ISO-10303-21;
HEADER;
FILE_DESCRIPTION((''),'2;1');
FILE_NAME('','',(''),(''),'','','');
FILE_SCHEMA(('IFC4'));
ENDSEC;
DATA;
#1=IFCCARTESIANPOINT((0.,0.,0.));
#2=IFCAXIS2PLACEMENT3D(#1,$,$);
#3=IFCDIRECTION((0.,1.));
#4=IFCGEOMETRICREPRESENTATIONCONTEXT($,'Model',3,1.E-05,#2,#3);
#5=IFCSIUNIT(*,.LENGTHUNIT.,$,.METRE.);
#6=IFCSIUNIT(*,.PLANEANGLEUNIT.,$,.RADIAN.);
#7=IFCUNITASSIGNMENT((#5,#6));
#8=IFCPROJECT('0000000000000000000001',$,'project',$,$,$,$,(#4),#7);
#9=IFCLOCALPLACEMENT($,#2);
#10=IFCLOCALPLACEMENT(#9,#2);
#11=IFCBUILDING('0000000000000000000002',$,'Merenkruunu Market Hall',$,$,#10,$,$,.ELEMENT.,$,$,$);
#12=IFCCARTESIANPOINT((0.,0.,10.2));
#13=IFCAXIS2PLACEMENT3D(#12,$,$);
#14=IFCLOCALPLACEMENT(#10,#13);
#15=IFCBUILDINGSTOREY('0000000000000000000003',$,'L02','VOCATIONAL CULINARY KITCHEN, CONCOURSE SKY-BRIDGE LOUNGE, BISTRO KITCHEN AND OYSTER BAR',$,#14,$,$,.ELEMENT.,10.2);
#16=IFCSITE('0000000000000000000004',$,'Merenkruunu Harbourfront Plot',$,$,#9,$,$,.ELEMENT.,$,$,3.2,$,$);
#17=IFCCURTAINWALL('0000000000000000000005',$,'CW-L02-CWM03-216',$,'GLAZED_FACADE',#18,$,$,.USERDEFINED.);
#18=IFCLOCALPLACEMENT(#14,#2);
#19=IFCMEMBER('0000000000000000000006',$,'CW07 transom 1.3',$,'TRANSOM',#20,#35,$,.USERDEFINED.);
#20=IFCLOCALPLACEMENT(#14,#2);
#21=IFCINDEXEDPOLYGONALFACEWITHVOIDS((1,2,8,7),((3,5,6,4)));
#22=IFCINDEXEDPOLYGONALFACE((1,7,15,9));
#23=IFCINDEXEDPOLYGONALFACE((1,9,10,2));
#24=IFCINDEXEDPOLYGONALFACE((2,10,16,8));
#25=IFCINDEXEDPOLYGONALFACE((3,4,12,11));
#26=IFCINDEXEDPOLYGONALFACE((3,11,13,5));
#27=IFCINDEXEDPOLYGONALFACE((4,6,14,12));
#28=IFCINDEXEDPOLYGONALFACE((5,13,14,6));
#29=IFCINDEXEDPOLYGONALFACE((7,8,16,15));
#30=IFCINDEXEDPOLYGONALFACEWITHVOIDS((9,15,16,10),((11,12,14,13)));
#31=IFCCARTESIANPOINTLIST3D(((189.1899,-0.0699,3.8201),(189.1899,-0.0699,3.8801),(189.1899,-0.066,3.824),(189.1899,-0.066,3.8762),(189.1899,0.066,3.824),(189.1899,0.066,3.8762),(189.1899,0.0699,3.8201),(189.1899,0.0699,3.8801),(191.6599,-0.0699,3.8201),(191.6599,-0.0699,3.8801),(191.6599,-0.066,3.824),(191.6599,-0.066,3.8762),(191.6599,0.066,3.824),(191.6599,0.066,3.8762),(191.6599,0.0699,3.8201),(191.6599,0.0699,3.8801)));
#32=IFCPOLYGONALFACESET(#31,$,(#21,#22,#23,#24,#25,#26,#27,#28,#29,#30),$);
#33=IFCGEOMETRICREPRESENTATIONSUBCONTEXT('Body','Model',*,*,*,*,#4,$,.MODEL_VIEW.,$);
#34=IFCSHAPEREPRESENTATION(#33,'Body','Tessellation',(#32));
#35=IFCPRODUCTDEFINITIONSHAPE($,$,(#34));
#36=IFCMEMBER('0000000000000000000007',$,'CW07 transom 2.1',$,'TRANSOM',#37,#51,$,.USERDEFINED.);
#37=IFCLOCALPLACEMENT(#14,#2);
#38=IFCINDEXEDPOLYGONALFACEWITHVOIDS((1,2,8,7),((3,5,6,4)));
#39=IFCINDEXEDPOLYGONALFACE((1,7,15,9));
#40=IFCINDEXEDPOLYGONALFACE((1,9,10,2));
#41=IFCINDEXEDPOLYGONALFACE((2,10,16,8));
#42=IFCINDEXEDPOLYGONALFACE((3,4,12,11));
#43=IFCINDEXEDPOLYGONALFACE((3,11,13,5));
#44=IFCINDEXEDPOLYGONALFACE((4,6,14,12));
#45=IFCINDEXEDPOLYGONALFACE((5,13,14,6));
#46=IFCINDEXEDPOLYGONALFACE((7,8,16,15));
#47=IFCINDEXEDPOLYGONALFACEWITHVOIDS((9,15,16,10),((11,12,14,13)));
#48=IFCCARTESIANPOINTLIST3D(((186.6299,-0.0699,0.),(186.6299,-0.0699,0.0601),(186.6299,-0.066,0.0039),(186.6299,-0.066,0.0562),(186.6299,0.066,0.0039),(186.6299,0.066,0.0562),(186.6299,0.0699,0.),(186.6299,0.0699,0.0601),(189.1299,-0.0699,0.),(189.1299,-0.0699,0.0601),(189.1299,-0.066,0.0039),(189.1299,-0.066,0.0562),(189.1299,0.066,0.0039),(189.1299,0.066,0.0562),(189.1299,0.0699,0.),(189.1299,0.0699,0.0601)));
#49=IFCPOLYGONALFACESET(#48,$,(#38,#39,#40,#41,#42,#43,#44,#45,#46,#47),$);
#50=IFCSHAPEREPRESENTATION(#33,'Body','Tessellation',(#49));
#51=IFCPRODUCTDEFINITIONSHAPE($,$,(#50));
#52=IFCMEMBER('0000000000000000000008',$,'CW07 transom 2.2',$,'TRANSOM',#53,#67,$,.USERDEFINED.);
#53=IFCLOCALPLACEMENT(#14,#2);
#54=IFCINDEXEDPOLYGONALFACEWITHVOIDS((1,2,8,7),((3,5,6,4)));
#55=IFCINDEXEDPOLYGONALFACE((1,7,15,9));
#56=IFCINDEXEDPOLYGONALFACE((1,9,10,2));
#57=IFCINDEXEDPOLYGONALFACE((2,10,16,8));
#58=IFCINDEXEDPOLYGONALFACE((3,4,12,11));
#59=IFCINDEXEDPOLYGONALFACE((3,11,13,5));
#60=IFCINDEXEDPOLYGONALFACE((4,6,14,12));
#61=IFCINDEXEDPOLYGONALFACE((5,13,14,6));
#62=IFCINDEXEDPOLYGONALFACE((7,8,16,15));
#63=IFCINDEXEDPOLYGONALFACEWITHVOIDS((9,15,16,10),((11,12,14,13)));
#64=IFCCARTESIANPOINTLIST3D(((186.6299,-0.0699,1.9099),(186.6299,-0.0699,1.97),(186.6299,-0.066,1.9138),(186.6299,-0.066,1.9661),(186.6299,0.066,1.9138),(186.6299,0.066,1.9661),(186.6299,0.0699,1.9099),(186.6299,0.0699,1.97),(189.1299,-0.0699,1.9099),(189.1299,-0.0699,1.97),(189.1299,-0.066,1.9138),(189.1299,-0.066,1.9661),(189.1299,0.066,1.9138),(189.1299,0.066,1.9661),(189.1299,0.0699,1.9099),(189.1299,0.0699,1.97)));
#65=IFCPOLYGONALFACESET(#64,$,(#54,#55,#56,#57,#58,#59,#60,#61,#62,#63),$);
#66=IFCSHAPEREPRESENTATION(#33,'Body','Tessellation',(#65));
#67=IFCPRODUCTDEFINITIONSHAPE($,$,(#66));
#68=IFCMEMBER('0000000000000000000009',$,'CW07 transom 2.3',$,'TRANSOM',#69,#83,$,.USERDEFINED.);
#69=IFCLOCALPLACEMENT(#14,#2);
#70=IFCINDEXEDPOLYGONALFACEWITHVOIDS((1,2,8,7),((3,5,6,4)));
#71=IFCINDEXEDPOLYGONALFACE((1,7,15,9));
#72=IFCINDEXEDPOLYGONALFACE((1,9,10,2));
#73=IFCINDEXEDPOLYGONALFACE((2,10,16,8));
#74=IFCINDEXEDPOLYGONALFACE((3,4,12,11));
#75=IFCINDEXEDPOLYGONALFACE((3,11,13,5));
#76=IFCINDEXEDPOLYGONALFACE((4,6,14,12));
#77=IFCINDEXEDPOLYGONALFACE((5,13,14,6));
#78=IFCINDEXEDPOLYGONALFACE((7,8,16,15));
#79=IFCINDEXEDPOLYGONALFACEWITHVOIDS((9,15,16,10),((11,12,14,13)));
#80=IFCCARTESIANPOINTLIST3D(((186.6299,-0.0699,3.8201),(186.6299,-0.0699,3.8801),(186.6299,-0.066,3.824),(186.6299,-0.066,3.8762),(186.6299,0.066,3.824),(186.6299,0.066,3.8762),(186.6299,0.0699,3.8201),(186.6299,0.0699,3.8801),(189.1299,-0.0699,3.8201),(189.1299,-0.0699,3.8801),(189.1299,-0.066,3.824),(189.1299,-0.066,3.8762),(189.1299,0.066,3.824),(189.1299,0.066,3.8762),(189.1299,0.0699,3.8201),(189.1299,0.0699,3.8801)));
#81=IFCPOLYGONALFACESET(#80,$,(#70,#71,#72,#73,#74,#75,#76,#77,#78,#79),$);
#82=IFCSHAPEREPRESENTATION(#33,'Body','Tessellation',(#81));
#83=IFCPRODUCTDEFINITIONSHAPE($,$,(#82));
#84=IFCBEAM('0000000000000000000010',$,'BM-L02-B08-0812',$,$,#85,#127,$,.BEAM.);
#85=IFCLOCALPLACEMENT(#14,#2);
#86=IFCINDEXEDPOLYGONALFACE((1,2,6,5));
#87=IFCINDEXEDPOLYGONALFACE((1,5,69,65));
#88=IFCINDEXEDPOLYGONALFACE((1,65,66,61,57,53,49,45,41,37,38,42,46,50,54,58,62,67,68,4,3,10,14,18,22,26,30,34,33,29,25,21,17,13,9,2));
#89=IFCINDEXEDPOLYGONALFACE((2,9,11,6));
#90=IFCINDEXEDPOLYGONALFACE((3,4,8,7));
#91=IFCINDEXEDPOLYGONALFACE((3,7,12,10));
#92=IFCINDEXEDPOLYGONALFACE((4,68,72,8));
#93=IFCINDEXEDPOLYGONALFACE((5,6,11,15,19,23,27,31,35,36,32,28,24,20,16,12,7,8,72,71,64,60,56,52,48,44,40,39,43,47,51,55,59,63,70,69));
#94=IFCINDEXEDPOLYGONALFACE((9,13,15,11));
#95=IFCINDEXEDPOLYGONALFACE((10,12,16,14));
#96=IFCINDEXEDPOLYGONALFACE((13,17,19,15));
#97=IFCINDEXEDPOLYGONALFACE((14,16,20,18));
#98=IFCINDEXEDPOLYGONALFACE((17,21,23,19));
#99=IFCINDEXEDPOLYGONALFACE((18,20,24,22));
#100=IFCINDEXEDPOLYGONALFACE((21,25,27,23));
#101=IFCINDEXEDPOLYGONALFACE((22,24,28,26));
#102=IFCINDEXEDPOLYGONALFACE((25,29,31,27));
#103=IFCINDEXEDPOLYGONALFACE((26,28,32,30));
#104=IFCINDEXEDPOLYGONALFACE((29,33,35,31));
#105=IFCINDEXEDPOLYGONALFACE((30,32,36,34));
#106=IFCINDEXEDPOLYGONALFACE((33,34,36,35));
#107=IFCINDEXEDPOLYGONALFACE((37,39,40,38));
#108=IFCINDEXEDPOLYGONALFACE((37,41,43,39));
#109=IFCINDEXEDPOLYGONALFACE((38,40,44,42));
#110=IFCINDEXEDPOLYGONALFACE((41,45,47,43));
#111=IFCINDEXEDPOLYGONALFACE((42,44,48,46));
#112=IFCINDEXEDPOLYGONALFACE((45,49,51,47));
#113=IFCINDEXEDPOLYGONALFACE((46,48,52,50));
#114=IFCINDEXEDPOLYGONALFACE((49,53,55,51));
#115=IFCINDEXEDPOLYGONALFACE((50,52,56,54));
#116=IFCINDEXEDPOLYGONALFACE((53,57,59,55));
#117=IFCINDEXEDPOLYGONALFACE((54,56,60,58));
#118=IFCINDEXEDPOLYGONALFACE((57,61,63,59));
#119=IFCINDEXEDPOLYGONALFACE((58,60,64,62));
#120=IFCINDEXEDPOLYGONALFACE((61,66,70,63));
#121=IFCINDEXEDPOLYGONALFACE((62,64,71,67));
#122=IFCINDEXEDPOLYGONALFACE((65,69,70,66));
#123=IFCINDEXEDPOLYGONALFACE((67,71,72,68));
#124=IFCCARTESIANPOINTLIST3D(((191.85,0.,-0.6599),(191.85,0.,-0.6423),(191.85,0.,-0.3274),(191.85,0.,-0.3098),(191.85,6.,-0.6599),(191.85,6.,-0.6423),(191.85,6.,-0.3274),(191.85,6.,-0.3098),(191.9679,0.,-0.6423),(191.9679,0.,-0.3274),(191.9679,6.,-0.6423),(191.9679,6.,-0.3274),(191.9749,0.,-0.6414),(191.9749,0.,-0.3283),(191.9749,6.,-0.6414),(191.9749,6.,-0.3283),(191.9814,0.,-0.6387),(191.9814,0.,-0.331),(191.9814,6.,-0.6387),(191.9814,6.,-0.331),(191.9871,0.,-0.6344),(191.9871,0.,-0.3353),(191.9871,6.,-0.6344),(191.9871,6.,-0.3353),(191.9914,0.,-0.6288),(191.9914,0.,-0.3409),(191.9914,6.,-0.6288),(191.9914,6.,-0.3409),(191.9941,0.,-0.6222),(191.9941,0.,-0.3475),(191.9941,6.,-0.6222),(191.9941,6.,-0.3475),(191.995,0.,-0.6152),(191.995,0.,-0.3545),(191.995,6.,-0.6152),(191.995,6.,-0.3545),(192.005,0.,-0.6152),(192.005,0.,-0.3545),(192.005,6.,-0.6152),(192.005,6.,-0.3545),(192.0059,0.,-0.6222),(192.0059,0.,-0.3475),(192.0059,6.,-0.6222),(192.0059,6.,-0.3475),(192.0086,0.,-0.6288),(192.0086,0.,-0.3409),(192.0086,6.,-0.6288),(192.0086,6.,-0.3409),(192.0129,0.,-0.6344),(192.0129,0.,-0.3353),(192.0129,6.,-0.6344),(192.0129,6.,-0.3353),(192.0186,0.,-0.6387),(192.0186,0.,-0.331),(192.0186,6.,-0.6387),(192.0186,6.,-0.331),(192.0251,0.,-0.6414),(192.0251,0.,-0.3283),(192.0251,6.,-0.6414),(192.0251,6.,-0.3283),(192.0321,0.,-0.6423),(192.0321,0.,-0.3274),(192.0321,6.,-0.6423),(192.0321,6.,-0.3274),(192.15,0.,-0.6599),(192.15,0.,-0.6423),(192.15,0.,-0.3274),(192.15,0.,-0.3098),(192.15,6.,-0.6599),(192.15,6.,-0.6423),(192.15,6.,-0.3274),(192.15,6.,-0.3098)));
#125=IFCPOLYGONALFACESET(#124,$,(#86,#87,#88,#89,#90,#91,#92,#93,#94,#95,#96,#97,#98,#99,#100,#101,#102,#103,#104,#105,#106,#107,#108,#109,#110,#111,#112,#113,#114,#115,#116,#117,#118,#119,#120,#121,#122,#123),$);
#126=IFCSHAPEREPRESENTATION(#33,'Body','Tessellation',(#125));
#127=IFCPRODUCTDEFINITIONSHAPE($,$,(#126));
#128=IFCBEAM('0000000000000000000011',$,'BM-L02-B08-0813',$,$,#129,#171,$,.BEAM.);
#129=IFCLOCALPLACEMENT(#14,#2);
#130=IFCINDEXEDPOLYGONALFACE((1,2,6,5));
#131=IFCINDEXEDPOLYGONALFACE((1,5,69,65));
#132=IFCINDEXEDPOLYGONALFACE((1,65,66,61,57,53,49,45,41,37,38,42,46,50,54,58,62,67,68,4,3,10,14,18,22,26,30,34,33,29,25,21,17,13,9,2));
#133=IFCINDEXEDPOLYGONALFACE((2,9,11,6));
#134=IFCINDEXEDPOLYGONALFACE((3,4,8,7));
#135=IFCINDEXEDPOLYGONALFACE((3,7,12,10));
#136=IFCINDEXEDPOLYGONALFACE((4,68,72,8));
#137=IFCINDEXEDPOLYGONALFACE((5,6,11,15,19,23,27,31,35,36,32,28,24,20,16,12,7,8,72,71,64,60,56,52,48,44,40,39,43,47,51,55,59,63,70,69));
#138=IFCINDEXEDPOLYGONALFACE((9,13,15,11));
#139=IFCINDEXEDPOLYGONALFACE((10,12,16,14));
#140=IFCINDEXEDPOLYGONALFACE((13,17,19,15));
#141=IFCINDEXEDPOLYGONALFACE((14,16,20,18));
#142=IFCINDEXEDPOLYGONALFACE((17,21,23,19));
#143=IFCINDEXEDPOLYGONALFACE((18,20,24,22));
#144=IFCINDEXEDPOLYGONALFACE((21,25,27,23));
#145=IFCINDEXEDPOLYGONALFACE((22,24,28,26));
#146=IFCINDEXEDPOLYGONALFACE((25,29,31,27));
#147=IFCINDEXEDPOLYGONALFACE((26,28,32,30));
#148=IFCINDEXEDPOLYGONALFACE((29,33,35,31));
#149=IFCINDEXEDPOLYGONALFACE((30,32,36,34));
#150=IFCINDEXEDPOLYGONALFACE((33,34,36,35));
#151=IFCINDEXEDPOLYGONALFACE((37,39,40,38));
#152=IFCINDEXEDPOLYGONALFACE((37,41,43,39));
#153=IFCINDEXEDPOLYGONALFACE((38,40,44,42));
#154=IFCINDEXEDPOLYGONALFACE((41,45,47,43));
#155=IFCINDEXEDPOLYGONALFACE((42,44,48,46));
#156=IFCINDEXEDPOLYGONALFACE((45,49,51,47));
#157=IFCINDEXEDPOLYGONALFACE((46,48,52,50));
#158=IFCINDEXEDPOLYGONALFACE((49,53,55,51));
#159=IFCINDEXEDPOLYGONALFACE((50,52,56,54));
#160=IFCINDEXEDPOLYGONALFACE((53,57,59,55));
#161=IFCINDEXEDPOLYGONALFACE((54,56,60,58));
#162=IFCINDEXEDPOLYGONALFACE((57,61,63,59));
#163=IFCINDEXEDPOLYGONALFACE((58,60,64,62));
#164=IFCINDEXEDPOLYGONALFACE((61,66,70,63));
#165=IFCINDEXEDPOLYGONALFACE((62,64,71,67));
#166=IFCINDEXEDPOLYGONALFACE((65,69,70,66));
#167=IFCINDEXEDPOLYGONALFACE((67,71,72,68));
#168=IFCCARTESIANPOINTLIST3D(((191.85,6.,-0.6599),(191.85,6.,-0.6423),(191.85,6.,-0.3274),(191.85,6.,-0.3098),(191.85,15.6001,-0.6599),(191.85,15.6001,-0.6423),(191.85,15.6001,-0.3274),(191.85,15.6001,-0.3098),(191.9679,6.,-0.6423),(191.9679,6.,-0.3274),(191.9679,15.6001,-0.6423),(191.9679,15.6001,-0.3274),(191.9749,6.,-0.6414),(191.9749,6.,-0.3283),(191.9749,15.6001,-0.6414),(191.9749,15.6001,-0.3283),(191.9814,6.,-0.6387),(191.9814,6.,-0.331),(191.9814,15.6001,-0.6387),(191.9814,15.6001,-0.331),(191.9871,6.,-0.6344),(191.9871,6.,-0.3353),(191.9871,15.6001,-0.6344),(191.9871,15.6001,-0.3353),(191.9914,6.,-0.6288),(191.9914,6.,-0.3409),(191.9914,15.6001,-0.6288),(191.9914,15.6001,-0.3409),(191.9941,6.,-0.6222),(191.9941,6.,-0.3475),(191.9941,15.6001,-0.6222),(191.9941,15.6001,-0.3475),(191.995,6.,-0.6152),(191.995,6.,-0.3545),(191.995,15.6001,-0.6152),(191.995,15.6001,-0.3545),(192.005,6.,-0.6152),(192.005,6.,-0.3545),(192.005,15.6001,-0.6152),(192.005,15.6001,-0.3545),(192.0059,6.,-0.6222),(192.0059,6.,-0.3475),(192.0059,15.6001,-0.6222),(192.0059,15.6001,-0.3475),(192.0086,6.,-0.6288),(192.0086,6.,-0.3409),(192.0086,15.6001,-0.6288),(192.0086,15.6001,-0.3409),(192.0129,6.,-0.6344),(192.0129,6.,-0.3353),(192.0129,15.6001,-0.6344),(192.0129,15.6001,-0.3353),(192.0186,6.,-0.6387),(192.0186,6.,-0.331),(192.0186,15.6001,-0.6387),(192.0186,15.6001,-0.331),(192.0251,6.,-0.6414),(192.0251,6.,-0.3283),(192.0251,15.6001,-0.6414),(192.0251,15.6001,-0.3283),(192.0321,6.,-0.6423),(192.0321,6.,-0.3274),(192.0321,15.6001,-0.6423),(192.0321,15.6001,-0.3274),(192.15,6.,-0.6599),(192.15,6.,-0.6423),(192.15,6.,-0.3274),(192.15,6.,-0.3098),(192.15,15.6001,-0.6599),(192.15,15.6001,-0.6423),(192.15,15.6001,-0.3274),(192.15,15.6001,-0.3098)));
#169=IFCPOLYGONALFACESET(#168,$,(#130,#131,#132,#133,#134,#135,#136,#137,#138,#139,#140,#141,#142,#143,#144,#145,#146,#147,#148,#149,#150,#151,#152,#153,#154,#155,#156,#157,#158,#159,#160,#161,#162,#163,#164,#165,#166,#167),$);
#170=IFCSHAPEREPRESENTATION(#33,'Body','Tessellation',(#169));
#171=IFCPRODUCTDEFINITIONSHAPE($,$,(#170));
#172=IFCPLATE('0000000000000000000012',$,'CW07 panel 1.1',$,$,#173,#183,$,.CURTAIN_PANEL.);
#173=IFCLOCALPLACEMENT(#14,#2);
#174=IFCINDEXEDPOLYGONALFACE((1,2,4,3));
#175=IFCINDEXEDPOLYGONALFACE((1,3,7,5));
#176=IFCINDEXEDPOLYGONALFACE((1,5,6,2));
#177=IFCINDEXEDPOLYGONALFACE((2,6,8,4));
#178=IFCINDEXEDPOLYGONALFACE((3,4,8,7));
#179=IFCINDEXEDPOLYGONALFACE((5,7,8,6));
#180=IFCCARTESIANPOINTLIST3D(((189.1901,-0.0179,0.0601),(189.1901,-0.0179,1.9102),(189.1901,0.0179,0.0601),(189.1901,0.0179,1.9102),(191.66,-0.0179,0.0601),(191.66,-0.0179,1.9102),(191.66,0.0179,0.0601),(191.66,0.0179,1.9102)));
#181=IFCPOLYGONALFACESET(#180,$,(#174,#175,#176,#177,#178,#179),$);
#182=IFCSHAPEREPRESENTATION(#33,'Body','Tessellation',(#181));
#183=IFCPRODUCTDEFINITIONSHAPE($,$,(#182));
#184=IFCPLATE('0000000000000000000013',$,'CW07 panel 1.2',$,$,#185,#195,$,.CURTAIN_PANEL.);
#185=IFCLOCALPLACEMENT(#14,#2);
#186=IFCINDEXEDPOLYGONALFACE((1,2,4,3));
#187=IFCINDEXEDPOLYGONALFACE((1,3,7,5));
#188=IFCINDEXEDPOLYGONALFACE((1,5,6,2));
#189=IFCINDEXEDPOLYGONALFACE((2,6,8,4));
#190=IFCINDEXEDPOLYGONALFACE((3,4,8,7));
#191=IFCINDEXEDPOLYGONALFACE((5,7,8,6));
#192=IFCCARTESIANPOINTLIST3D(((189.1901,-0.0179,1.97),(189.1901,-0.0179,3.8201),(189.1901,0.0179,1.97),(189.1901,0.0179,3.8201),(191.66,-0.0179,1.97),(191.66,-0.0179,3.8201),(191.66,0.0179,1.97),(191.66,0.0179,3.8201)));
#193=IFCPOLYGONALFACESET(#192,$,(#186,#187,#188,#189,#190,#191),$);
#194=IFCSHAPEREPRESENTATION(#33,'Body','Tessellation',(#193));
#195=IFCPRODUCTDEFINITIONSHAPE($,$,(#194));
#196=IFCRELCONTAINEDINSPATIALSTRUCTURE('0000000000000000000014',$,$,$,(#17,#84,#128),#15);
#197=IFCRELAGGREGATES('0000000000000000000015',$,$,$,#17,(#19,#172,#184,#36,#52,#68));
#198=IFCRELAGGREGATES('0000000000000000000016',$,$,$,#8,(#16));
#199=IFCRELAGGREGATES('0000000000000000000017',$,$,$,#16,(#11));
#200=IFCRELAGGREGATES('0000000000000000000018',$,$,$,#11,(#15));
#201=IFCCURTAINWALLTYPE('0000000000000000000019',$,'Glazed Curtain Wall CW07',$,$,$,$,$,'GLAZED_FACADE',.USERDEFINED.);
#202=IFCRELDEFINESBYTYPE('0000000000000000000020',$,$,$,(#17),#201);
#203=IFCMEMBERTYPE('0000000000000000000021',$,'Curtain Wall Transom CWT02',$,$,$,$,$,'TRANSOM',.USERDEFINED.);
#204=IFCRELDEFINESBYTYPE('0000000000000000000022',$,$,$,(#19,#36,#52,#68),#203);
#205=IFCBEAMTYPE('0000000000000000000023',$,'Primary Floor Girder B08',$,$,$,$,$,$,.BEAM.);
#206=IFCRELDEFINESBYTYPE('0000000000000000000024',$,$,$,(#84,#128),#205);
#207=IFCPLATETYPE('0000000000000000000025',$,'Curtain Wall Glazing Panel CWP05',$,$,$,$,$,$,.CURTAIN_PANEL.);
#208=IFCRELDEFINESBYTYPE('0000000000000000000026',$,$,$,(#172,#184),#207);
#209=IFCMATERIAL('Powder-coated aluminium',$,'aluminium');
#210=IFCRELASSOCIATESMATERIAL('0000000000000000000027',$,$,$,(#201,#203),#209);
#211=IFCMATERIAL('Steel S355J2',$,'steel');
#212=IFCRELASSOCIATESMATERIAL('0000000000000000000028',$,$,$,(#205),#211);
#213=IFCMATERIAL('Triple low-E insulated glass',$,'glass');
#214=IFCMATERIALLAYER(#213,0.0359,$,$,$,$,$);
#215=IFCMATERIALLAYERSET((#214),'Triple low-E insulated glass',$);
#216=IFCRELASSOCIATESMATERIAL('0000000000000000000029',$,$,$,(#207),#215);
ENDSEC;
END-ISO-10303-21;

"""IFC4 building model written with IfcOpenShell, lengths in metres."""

from ifc_helpers import new_model, si_unit, direction, frame, origin, origin_2d, place, context, subcontext, project, spatial, rectangle, hollow_rectangle, i_section, extrude, material, layer, layer_set, material_profile, profile_set, type_object, element, aggregate, save


model = new_model("IFC4")

# Units and contexts
model_context = context("Model", 3, precision=1e-05, world=origin(), true_north=direction((0.0, 1.0)))
body_context = subcontext(model_context, "Body", "Model", "MODEL_VIEW")
ifc_project = project(units=[si_unit("LENGTHUNIT", "METRE"), si_unit("PLANEANGLEUNIT", "RADIAN")], contexts=[model_context])

# Site, building, storey
site_placement = place(None, origin())
site = spatial("IfcSite", under=ifc_project, at=site_placement, Name="Merenkruunu Harbourfront Plot", CompositionType="ELEMENT", RefElevation=3.2)
building_placement = place(site_placement, origin())
building = spatial("IfcBuilding", under=site, at=building_placement, Name="Merenkruunu Market Hall", CompositionType="ELEMENT")
storey_placement = place(building_placement, frame((0.0, 0.0, 10.2)))
storey = spatial("IfcBuildingStorey", under=building, at=storey_placement, Name="L02", Description="VOCATIONAL CULINARY KITCHEN, CONCOURSE SKY-BRIDGE LOUNGE, BISTRO KITCHEN AND OYSTER BAR", CompositionType="ELEMENT", Elevation=10.2)

# Shared definitions
ifc_material_1 = material(Name="Steel S355J2", Category="steel")

# Curtain wall
ifc_material_2 = material(Name="Powder-coated aluminium", Category="aluminium")
curtain_wall_type = type_object("IfcCurtainWallType", Name="Glazed Curtain Wall CW07", ElementType="GLAZED_FACADE", PredefinedType="USERDEFINED", material=ifc_material_2)
curtain_wall_1_placement = place(storey_placement, origin())
curtain_wall_1 = element("IfcCurtainWall", 1, at=curtain_wall_1_placement, inside=storey, type_object=curtain_wall_type, Name="CW-L02-CWM03-216", ObjectType="GLAZED_FACADE", PredefinedType="USERDEFINED")

# Members
ifc_material_profile_1 = material_profile(ifc_material_2, hollow_rectangle(XDim=0.0601, YDim=0.1399, WallThickness=0.0039, at=origin_2d()), Name="ALU 60x140x4")
ifc_profile_set_1 = profile_set([ifc_material_profile_1], Name="Powder-coated aluminium")
member_type_1 = type_object("IfcMemberType", Name="Curtain Wall Transom CWT02", ElementType="TRANSOM", PredefinedType="USERDEFINED", material=ifc_profile_set_1)
member_1_placement = place(storey_placement, frame((191.6599, 0.0, 3.8501), z_axis=(-1.0, 0.0, 0.0), x_axis=(0.0, 0.0, 1.0)))
member_1 = element("IfcMember", 2, at=member_1_placement, type_object=member_type_1, Name="CW07 transom 1.3", ObjectType="TRANSOM", PredefinedType="USERDEFINED", context=body_context, shape_type="SweptSolid", body=[
    extrude(hollow_rectangle(XDim=0.0601, YDim=0.1399, WallThickness=0.0039, at=origin_2d()), origin(), (0.0, 0.0, 1.0), 2.47),
])
member_2_placement = place(storey_placement, frame((189.1299, 0.0, 0.03), z_axis=(-1.0, 0.0, 0.0), x_axis=(0.0, 0.0, 1.0)))
member_2 = element("IfcMember", 3, at=member_2_placement, type_object=member_type_1, Name="CW07 transom 2.1", ObjectType="TRANSOM", PredefinedType="USERDEFINED", context=body_context, shape_type="SweptSolid", body=[
    extrude(hollow_rectangle(XDim=0.0601, YDim=0.1399, WallThickness=0.0039, at=origin_2d()), origin(), (0.0, 0.0, 1.0), 2.5),
])
member_3_placement = place(storey_placement, frame((189.1299, 0.0, 1.9399), z_axis=(-1.0, 0.0, 0.0), x_axis=(0.0, 0.0, 1.0)))
member_3 = element("IfcMember", 4, at=member_3_placement, type_object=member_type_1, Name="CW07 transom 2.2", ObjectType="TRANSOM", PredefinedType="USERDEFINED", context=body_context, shape_type="SweptSolid", body=[
    extrude(hollow_rectangle(XDim=0.0601, YDim=0.1399, WallThickness=0.0039, at=origin_2d()), origin(), (0.0, 0.0, 1.0), 2.5),
])
member_4_placement = place(storey_placement, frame((189.1299, 0.0, 3.8501), z_axis=(-1.0, 0.0, 0.0), x_axis=(0.0, 0.0, 1.0)))
member_4 = element("IfcMember", 5, at=member_4_placement, type_object=member_type_1, Name="CW07 transom 2.3", ObjectType="TRANSOM", PredefinedType="USERDEFINED", context=body_context, shape_type="SweptSolid", body=[
    extrude(hollow_rectangle(XDim=0.0601, YDim=0.1399, WallThickness=0.0039, at=origin_2d()), origin(), (0.0, 0.0, 1.0), 2.5),
])

# Beams
ifc_material_profile_2 = material_profile(ifc_material_1, i_section(OverallWidth=0.3, OverallDepth=0.3501, WebThickness=0.01, FlangeThickness=0.0176, FilletRadius=0.0271, at=origin_2d()), Name="HEA 360")
ifc_profile_set_2 = profile_set([ifc_material_profile_2], Name="Steel S355J2")
beam_type = type_object("IfcBeamType", Name="Primary Floor Girder B08", PredefinedType="BEAM", material=ifc_profile_set_2)
beam_1_placement = place(storey_placement, frame((192.0, 0.0, -0.4849), z_axis=(0.0, 1.0, 0.0), x_axis=(-1.0, 0.0, 0.0)))
element("IfcBeam", 6, at=beam_1_placement, inside=storey, type_object=beam_type, Name="BM-L02-B08-0812", PredefinedType="BEAM", context=body_context, shape_type="SweptSolid", body=[
    extrude(i_section(OverallWidth=0.3, OverallDepth=0.3501, WebThickness=0.01, FlangeThickness=0.0176, FilletRadius=0.0271, at=origin_2d()), origin(), (0.0, 0.0, 1.0), 6.0),
])
beam_2_placement = place(storey_placement, frame((192.0, 6.0, -0.4849), z_axis=(0.0, 1.0, 0.0), x_axis=(-1.0, 0.0, 0.0)))
element("IfcBeam", 7, at=beam_2_placement, inside=storey, type_object=beam_type, Name="BM-L02-B08-0813", PredefinedType="BEAM", context=body_context, shape_type="SweptSolid", body=[
    extrude(i_section(OverallWidth=0.3, OverallDepth=0.3501, WebThickness=0.01, FlangeThickness=0.0176, FilletRadius=0.0271, at=origin_2d()), origin(), (0.0, 0.0, 1.0), 9.6001),
])

# Plates
ifc_material_3 = material(Name="Triple low-E insulated glass", Category="glass")
ifc_layer_1 = layer(ifc_material_3, 0.0359)
ifc_layer_set_1 = layer_set([ifc_layer_1], Name="Triple low-E insulated glass")
plate_type_1 = type_object("IfcPlateType", Name="Curtain Wall Glazing Panel CWP05", PredefinedType="CURTAIN_PANEL", material=ifc_layer_set_1)
plate_1_placement = place(storey_placement, frame((190.425, 0.0, 0.0601), z_axis=(0.0, 0.0, 1.0), x_axis=(-1.0, 0.0, 0.0)))
plate_1 = element("IfcPlate", 8, at=plate_1_placement, type_object=plate_type_1, Name="CW07 panel 1.1", PredefinedType="CURTAIN_PANEL", context=body_context, shape_type="SweptSolid", body=[
    extrude(rectangle(XDim=2.47, YDim=0.0359, at=origin_2d()), origin(), (0.0, 0.0, 1.0), 1.8501),
])
plate_2_placement = place(storey_placement, frame((190.425, 0.0, 1.97), z_axis=(0.0, 0.0, 1.0), x_axis=(-1.0, 0.0, 0.0)))
plate_2 = element("IfcPlate", 9, at=plate_2_placement, type_object=plate_type_1, Name="CW07 panel 1.2", PredefinedType="CURTAIN_PANEL", context=body_context, shape_type="SweptSolid", body=[
    extrude(rectangle(XDim=2.47, YDim=0.0359, at=origin_2d()), origin(), (0.0, 0.0, 1.0), 1.8501),
])
aggregate(curtain_wall_1, [member_1, plate_1, plate_2, member_2, member_3, member_4])

save(model, "model.ifc")
